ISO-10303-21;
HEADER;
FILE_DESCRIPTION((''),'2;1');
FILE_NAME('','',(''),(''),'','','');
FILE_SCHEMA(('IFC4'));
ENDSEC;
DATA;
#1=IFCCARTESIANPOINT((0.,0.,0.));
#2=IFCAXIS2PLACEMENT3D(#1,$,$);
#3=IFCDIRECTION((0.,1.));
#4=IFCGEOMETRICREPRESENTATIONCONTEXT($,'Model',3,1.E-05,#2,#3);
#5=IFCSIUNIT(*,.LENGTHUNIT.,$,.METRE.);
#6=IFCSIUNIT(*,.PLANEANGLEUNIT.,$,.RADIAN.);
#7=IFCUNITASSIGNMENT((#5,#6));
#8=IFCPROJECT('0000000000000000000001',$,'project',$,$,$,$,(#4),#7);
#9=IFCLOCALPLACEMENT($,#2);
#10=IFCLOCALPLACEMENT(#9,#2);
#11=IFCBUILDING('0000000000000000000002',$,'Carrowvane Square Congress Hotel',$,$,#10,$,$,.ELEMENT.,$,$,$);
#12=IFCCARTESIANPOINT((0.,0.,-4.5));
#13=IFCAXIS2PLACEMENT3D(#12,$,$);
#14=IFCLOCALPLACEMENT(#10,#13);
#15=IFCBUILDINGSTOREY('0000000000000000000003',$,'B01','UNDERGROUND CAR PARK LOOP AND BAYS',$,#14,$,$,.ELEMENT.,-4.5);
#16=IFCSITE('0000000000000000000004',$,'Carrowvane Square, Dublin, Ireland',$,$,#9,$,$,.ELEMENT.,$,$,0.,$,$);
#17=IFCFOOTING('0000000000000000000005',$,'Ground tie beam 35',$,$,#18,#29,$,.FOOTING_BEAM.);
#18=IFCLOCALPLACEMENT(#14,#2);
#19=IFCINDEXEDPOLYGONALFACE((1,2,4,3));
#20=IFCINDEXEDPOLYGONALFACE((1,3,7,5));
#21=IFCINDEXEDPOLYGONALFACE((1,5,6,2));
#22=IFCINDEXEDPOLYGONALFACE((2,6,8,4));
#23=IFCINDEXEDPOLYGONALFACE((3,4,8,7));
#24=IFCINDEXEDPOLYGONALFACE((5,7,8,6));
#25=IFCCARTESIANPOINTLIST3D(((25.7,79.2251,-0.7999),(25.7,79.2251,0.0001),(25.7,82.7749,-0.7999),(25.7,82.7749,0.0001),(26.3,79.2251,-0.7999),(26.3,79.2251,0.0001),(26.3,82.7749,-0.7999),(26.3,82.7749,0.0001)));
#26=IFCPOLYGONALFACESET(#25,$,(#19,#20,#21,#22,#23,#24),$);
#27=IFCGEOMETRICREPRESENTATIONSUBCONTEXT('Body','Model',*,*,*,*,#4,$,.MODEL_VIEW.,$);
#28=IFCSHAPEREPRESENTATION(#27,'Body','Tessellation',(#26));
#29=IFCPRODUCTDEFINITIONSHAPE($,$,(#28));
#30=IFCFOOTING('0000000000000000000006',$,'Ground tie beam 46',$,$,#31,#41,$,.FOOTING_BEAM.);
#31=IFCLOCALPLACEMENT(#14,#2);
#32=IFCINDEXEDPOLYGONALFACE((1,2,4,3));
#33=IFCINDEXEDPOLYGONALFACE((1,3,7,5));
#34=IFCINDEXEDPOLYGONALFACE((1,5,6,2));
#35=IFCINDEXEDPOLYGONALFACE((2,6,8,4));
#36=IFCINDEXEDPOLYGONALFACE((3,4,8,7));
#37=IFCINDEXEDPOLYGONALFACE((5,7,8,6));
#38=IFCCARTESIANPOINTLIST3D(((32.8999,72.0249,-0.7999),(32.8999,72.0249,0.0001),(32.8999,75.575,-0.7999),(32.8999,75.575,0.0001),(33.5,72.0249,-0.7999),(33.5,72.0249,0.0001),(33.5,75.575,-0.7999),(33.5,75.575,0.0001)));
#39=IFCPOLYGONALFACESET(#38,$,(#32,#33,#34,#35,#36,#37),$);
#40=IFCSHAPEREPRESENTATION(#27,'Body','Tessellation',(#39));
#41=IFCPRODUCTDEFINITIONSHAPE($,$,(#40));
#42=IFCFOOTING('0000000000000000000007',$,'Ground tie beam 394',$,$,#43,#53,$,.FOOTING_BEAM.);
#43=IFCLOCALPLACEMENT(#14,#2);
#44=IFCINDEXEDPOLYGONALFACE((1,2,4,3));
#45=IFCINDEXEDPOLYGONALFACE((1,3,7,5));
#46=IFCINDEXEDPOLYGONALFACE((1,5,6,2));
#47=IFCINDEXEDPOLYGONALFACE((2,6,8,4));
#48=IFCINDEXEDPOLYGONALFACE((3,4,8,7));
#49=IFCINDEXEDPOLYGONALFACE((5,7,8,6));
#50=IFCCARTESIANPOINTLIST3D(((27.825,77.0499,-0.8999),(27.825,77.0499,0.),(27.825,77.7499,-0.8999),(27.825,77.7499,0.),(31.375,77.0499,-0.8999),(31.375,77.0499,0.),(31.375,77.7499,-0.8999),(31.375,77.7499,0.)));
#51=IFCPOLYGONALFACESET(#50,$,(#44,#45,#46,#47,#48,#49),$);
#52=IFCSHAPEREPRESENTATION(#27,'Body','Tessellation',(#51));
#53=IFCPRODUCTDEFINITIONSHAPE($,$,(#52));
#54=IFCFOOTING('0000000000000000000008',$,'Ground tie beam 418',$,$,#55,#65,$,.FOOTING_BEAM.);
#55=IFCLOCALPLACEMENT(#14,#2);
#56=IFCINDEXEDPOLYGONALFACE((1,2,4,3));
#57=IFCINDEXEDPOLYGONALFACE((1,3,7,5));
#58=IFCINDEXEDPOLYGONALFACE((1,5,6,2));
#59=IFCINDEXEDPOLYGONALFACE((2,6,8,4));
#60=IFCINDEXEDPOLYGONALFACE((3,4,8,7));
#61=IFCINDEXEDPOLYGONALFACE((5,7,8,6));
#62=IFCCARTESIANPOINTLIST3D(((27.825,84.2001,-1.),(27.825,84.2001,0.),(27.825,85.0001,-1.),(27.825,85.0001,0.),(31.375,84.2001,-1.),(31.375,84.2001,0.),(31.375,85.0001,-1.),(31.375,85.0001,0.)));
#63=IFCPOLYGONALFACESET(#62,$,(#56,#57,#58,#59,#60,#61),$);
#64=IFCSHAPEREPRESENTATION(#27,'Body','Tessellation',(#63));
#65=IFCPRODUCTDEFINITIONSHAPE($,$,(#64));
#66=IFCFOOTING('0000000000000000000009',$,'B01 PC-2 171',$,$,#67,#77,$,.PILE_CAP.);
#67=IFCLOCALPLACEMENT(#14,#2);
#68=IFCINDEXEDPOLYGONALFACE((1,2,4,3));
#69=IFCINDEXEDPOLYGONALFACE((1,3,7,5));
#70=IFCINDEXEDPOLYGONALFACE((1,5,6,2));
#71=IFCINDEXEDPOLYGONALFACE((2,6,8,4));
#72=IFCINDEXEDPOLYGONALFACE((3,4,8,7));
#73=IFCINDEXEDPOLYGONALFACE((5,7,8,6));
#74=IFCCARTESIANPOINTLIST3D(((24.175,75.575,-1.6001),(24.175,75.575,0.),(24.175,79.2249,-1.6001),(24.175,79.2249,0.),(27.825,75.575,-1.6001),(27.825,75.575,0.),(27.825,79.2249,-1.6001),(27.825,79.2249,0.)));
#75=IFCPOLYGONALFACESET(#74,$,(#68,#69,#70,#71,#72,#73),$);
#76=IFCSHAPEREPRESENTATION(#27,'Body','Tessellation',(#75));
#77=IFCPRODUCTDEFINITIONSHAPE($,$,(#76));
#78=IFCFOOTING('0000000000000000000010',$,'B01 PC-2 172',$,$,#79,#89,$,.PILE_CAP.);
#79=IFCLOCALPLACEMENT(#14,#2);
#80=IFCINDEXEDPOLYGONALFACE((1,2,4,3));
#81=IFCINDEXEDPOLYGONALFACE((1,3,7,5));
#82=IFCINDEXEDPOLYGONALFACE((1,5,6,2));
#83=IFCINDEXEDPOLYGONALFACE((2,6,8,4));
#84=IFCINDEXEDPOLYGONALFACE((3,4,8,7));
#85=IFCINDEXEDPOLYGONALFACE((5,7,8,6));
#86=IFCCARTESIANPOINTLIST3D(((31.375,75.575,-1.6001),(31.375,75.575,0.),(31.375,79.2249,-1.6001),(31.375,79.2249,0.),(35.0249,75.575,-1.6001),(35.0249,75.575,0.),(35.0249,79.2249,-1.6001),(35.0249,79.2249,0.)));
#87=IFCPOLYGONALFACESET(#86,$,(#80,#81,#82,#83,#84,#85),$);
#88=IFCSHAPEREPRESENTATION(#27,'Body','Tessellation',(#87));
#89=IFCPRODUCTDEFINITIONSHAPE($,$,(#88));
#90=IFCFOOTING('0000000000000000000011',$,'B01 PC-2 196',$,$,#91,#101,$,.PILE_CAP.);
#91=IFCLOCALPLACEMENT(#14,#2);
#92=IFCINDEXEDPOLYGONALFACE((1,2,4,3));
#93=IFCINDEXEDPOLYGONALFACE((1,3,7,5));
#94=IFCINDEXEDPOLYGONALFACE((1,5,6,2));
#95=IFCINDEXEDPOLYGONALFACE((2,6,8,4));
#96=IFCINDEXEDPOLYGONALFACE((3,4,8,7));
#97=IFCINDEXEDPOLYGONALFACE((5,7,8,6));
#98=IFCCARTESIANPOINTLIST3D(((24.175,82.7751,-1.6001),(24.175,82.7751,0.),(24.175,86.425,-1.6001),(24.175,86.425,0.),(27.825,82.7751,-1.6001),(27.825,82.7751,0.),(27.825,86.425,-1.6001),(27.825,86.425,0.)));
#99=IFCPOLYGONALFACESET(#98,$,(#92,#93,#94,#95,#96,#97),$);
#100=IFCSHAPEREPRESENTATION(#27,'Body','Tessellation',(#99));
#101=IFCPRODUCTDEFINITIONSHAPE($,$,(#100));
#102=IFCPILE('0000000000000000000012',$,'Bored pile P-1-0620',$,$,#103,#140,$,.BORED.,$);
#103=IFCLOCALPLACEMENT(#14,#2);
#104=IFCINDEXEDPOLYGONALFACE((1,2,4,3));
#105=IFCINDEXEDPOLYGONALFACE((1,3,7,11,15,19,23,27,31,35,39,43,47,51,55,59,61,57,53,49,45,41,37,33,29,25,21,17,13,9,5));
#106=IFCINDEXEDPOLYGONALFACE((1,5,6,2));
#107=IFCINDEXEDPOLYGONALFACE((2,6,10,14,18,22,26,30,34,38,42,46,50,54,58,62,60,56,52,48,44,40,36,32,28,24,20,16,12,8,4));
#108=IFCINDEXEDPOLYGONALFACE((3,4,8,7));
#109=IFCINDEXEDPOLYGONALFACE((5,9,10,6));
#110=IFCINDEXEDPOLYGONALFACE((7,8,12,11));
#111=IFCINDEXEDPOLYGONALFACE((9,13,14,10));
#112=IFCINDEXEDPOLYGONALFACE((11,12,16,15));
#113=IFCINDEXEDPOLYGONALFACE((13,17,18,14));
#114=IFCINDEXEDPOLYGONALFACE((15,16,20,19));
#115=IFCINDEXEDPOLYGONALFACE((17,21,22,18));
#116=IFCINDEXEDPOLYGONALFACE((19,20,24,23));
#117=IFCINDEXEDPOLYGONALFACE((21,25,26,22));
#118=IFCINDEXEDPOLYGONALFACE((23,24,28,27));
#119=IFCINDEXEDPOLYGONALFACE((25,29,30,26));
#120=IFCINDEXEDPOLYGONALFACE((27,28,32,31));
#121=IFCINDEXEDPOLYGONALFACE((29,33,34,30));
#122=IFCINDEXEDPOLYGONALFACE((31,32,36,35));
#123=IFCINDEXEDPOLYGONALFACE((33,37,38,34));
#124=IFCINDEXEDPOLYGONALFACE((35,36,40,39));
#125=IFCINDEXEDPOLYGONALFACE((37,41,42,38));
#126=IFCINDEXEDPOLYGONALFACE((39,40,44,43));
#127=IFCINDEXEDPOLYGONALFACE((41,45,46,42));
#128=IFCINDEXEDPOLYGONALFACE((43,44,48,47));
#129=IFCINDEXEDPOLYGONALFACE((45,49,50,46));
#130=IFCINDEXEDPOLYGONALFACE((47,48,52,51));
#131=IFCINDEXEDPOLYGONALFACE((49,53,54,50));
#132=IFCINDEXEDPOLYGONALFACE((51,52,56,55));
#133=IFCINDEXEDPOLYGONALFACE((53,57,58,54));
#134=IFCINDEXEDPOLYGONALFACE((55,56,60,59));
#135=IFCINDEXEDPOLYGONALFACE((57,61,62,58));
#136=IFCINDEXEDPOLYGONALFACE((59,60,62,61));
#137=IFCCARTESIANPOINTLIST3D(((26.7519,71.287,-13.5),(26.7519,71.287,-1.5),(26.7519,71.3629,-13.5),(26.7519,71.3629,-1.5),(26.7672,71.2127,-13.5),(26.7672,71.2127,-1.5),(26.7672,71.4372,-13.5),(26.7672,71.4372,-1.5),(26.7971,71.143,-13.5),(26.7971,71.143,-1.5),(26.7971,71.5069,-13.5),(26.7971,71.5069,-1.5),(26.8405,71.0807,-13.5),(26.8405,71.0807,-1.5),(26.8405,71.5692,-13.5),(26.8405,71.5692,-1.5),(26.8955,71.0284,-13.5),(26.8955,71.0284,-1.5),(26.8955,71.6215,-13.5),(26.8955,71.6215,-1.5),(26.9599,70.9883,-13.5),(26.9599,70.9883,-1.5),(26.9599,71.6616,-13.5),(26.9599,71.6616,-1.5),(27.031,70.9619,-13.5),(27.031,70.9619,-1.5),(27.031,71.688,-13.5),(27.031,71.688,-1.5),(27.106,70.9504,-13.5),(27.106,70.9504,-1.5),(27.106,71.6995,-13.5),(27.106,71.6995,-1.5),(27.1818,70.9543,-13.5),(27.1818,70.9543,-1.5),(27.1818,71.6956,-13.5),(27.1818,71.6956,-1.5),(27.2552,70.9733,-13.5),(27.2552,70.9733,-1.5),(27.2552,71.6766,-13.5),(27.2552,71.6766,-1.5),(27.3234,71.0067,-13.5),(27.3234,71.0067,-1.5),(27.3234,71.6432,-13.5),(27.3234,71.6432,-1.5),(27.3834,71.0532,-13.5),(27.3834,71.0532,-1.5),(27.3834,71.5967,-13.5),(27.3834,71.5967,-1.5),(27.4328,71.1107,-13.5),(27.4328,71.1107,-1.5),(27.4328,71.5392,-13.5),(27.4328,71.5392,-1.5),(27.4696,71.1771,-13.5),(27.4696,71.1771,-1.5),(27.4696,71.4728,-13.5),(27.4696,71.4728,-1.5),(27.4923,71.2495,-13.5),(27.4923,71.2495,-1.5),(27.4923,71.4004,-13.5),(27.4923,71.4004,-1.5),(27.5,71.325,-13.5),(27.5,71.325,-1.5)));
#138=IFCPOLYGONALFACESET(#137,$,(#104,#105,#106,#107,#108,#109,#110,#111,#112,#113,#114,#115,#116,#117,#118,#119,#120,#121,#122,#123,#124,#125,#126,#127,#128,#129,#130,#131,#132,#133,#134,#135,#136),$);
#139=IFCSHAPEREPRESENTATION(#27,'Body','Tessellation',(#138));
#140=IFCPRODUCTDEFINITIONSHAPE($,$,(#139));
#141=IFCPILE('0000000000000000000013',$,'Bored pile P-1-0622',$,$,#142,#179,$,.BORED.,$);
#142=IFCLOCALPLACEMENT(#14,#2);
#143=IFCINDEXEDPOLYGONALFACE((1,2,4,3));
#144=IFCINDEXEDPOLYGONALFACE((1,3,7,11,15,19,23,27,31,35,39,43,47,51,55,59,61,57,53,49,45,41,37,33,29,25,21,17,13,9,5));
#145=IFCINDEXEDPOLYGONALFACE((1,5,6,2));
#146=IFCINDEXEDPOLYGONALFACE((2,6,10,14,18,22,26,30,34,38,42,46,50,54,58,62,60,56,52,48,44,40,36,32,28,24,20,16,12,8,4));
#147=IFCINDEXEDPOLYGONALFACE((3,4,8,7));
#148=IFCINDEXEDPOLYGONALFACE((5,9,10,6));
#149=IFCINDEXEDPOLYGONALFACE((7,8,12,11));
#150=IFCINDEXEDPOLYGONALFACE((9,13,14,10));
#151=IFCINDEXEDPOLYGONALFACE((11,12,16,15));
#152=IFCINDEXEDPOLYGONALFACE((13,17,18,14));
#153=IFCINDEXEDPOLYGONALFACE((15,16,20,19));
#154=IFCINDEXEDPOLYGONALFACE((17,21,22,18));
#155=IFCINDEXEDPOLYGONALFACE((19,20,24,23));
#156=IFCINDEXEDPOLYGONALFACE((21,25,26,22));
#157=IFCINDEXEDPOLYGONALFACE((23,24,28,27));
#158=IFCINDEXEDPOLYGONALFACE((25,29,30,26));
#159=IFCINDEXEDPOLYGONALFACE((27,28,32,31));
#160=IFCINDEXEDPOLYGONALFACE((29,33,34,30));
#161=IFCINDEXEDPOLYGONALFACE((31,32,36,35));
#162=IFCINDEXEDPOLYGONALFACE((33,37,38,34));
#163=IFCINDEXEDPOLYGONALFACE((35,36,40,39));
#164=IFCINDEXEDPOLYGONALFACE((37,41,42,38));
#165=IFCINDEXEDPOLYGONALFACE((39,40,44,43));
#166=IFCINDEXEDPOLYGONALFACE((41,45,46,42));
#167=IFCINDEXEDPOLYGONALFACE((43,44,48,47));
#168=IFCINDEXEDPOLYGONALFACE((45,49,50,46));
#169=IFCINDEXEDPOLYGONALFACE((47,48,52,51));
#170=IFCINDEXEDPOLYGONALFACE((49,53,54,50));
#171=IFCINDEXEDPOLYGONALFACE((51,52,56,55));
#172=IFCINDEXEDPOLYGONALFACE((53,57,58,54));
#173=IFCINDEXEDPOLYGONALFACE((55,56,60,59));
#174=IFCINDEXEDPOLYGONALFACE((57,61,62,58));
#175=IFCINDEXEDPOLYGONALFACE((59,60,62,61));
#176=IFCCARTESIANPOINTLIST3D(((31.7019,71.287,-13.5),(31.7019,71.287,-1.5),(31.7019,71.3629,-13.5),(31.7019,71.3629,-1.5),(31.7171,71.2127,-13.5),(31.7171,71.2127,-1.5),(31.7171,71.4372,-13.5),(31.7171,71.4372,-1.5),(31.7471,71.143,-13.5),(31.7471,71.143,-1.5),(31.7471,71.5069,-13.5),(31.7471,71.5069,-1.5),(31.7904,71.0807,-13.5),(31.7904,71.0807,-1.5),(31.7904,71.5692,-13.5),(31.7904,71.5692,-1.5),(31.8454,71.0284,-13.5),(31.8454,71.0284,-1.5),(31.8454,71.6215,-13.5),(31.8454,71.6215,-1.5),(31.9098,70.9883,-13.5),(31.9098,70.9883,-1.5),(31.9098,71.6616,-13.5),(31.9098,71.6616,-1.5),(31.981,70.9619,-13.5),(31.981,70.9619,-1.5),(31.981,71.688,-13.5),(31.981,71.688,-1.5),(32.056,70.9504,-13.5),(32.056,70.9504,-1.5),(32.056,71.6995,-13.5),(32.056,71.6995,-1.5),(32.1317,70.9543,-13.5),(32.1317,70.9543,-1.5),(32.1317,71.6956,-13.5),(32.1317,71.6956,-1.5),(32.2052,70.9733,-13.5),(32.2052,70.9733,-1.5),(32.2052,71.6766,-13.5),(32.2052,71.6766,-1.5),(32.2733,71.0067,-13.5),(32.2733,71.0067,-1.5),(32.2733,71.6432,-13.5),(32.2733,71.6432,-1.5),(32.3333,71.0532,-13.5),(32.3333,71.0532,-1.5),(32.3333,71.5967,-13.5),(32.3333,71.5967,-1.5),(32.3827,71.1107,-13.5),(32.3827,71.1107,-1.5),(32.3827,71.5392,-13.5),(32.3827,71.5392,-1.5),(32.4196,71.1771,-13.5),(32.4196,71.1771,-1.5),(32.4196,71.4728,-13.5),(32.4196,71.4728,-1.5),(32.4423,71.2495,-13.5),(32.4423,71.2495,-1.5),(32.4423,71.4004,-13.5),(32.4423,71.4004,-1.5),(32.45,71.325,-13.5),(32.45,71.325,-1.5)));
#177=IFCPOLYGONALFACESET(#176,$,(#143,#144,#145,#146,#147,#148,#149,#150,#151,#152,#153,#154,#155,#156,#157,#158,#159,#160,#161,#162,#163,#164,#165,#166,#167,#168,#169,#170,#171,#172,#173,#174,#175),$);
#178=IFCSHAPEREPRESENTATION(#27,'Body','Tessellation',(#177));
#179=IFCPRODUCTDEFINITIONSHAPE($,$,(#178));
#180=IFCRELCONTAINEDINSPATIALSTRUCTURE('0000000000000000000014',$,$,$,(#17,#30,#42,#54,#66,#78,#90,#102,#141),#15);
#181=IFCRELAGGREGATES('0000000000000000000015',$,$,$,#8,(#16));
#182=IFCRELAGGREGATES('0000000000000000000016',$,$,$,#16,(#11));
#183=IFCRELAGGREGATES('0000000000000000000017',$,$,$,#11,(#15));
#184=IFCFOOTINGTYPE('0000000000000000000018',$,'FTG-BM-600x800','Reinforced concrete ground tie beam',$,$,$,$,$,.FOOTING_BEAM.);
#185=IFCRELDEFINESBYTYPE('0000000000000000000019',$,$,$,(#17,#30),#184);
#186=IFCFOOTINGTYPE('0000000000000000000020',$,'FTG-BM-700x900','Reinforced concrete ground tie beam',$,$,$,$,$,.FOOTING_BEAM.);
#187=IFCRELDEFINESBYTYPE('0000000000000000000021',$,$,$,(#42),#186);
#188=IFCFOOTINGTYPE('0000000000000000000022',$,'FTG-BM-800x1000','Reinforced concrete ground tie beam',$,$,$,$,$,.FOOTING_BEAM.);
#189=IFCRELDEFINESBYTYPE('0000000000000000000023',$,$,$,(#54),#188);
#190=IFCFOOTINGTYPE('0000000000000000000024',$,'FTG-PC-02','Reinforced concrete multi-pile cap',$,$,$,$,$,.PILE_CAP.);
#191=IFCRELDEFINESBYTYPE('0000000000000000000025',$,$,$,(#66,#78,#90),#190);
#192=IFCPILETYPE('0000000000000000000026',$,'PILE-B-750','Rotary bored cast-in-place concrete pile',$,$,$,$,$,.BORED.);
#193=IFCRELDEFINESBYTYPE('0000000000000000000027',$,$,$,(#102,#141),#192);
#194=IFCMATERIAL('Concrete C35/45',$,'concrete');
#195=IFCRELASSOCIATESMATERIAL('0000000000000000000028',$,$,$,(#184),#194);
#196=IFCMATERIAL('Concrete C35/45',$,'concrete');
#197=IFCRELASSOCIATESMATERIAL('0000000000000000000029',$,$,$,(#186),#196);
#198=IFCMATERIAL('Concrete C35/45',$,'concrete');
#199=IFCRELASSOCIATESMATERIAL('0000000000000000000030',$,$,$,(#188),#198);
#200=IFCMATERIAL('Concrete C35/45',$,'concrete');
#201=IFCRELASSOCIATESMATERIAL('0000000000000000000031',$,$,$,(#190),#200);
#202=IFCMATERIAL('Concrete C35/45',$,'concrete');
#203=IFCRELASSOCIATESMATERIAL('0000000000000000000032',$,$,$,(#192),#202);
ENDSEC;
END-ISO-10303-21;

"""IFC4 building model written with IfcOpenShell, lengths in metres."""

from ifc_helpers import new_model, si_unit, direction, frame, origin, origin_2d, place, context, subcontext, project, spatial, rectangle, circle, extrude, material, material_profile, profile_set, type_object, element, save


model = new_model("IFC4")

# Units and contexts
model_context = context("Model", 3, precision=1e-05, world=origin(), true_north=direction((0.0, 1.0)))
body_context = subcontext(model_context, "Body", "Model", "MODEL_VIEW")
ifc_project = project(units=[si_unit("LENGTHUNIT", "METRE"), si_unit("PLANEANGLEUNIT", "RADIAN")], contexts=[model_context])

# Site, building, storey
site_placement = place(None, origin())
site = spatial("IfcSite", under=ifc_project, at=site_placement, Name="Carrowvane Square, Dublin, Ireland", CompositionType="ELEMENT", RefElevation=0.0)
building_placement = place(site_placement, origin())
building = spatial("IfcBuilding", under=site, at=building_placement, Name="Carrowvane Square Congress Hotel", CompositionType="ELEMENT")
storey_placement = place(building_placement, frame((0.0, 0.0, -4.5)))
storey = spatial("IfcBuildingStorey", under=building, at=storey_placement, Name="B01", Description="UNDERGROUND CAR PARK LOOP AND BAYS", CompositionType="ELEMENT", Elevation=-4.5)

# Footings
ifc_material_1 = material(Name="Concrete C35/45", Category="concrete")
ifc_material_profile_1 = material_profile(ifc_material_1, rectangle(XDim=0.6001, YDim=0.8, at=origin_2d()), Name="RC 600x800")
ifc_profile_set_1 = profile_set([ifc_material_profile_1], Name="Concrete C35/45")
footing_type_1 = type_object("IfcFootingType", Name="FTG-BM-600x800", Description="Reinforced concrete ground tie beam", PredefinedType="FOOTING_BEAM", material=ifc_profile_set_1)
footing_1_placement = place(storey_placement, frame((26.0, 79.2251, -0.3999), z_axis=(0.0, 1.0, 0.0), x_axis=(-1.0, 0.0, 0.0)))
element("IfcFooting", 1, at=footing_1_placement, inside=storey, type_object=footing_type_1, Name="Ground tie beam 35", PredefinedType="FOOTING_BEAM", context=body_context, shape_type="SweptSolid", body=[
    extrude(rectangle(XDim=0.6001, YDim=0.8, at=origin_2d()), origin(), (0.0, 0.0, 1.0), 3.5498),
])
footing_2_placement = place(storey_placement, frame((33.2, 72.0249, -0.3999), z_axis=(0.0, 1.0, 0.0), x_axis=(-1.0, 0.0, 0.0)))
element("IfcFooting", 2, at=footing_2_placement, inside=storey, type_object=footing_type_1, Name="Ground tie beam 46", PredefinedType="FOOTING_BEAM", context=body_context, shape_type="SweptSolid", body=[
    extrude(rectangle(XDim=0.6001, YDim=0.8, at=origin_2d()), origin(), (0.0, 0.0, 1.0), 3.55),
])
ifc_material_2 = material(Name="Concrete C35/45", Category="concrete")
ifc_material_profile_2 = material_profile(ifc_material_2, rectangle(XDim=0.7, YDim=0.8999, at=origin_2d()), Name="RC 700x900")
ifc_profile_set_2 = profile_set([ifc_material_profile_2], Name="Concrete C35/45")
footing_type_2 = type_object("IfcFootingType", Name="FTG-BM-700x900", Description="Reinforced concrete ground tie beam", PredefinedType="FOOTING_BEAM", material=ifc_profile_set_2)
footing_3_placement = place(storey_placement, frame((27.825, 77.3999, -0.45), z_axis=(1.0, 0.0, 0.0), x_axis=(0.0, 1.0, 0.0)))
element("IfcFooting", 3, at=footing_3_placement, inside=storey, type_object=footing_type_2, Name="Ground tie beam 394", PredefinedType="FOOTING_BEAM", context=body_context, shape_type="SweptSolid", body=[
    extrude(rectangle(XDim=0.7, YDim=0.8999, at=origin_2d()), origin(), (0.0, 0.0, 1.0), 3.55),
])
ifc_material_3 = material(Name="Concrete C35/45", Category="concrete")
ifc_material_profile_3 = material_profile(ifc_material_3, rectangle(XDim=0.8, YDim=1.0, at=origin_2d()), Name="RC 800x1000")
ifc_profile_set_3 = profile_set([ifc_material_profile_3], Name="Concrete C35/45")
footing_type_3 = type_object("IfcFootingType", Name="FTG-BM-800x1000", Description="Reinforced concrete ground tie beam", PredefinedType="FOOTING_BEAM", material=ifc_profile_set_3)
footing_4_placement = place(storey_placement, frame((27.825, 84.6001, -0.5), z_axis=(1.0, 0.0, 0.0), x_axis=(0.0, 1.0, 0.0)))
element("IfcFooting", 4, at=footing_4_placement, inside=storey, type_object=footing_type_3, Name="Ground tie beam 418", PredefinedType="FOOTING_BEAM", context=body_context, shape_type="SweptSolid", body=[
    extrude(rectangle(XDim=0.8, YDim=1.0, at=origin_2d()), origin(), (0.0, 0.0, 1.0), 3.55),
])
ifc_material_4 = material(Name="Concrete C35/45", Category="concrete")
footing_type_4 = type_object("IfcFootingType", Name="FTG-PC-02", Description="Reinforced concrete multi-pile cap", PredefinedType="PILE_CAP", material=ifc_material_4)
for number, where, z_axis, x_axis, name in (
    (5, (26.0, 77.3999, -1.6001), (0.0, 0.0, 1.0), (1.0, 0.0, 0.0), "B01 PC-2 171"),
    (6, (33.2, 77.3999, -1.6001), (0.0, 0.0, 1.0), (1.0, 0.0, 0.0), "B01 PC-2 172"),
    (7, (26.0, 84.6001, -1.6001), (0.0, 0.0, 1.0), (1.0, 0.0, 0.0), "B01 PC-2 196"),
):
    element("IfcFooting", number, at=place(storey_placement, frame(where, z_axis=z_axis, x_axis=x_axis)), inside=storey, type_object=footing_type_4, Name=name, PredefinedType="PILE_CAP", context=body_context, shape_type="SweptSolid", body=[
        extrude(rectangle(XDim=3.6499, YDim=3.6499, at=origin_2d()), origin(), (0.0, 0.0, 1.0), 1.6001),
    ])

# Piles
ifc_material_5 = material(Name="Concrete C35/45", Category="concrete")
ifc_material_profile_4 = material_profile(ifc_material_5, circle(Radius=0.375, at=origin_2d()), Name="PILE D750")
ifc_profile_set_4 = profile_set([ifc_material_profile_4], Name="Concrete C35/45")
pile_type = type_object("IfcPileType", Name="PILE-B-750", Description="Rotary bored cast-in-place concrete pile", PredefinedType="BORED", material=ifc_profile_set_4)
for number, where, z_axis, x_axis, name in (
    (8, (27.125, 71.325, -1.5), (0.0, 0.0, -1.0), (1.0, 0.0, 0.0), "Bored pile P-1-0620"),
    (9, (32.075, 71.325, -1.5), (0.0, 0.0, -1.0), (1.0, 0.0, 0.0), "Bored pile P-1-0622"),
):
    element("IfcPile", number, at=place(storey_placement, frame(where, z_axis=z_axis, x_axis=x_axis)), inside=storey, type_object=pile_type, Name=name, PredefinedType="BORED", context=body_context, shape_type="SweptSolid", body=[
        extrude(circle(Radius=0.375, at=origin_2d()), origin(), (0.0, 0.0, 1.0), 12.0),
    ])

save(model, "model.ifc")
